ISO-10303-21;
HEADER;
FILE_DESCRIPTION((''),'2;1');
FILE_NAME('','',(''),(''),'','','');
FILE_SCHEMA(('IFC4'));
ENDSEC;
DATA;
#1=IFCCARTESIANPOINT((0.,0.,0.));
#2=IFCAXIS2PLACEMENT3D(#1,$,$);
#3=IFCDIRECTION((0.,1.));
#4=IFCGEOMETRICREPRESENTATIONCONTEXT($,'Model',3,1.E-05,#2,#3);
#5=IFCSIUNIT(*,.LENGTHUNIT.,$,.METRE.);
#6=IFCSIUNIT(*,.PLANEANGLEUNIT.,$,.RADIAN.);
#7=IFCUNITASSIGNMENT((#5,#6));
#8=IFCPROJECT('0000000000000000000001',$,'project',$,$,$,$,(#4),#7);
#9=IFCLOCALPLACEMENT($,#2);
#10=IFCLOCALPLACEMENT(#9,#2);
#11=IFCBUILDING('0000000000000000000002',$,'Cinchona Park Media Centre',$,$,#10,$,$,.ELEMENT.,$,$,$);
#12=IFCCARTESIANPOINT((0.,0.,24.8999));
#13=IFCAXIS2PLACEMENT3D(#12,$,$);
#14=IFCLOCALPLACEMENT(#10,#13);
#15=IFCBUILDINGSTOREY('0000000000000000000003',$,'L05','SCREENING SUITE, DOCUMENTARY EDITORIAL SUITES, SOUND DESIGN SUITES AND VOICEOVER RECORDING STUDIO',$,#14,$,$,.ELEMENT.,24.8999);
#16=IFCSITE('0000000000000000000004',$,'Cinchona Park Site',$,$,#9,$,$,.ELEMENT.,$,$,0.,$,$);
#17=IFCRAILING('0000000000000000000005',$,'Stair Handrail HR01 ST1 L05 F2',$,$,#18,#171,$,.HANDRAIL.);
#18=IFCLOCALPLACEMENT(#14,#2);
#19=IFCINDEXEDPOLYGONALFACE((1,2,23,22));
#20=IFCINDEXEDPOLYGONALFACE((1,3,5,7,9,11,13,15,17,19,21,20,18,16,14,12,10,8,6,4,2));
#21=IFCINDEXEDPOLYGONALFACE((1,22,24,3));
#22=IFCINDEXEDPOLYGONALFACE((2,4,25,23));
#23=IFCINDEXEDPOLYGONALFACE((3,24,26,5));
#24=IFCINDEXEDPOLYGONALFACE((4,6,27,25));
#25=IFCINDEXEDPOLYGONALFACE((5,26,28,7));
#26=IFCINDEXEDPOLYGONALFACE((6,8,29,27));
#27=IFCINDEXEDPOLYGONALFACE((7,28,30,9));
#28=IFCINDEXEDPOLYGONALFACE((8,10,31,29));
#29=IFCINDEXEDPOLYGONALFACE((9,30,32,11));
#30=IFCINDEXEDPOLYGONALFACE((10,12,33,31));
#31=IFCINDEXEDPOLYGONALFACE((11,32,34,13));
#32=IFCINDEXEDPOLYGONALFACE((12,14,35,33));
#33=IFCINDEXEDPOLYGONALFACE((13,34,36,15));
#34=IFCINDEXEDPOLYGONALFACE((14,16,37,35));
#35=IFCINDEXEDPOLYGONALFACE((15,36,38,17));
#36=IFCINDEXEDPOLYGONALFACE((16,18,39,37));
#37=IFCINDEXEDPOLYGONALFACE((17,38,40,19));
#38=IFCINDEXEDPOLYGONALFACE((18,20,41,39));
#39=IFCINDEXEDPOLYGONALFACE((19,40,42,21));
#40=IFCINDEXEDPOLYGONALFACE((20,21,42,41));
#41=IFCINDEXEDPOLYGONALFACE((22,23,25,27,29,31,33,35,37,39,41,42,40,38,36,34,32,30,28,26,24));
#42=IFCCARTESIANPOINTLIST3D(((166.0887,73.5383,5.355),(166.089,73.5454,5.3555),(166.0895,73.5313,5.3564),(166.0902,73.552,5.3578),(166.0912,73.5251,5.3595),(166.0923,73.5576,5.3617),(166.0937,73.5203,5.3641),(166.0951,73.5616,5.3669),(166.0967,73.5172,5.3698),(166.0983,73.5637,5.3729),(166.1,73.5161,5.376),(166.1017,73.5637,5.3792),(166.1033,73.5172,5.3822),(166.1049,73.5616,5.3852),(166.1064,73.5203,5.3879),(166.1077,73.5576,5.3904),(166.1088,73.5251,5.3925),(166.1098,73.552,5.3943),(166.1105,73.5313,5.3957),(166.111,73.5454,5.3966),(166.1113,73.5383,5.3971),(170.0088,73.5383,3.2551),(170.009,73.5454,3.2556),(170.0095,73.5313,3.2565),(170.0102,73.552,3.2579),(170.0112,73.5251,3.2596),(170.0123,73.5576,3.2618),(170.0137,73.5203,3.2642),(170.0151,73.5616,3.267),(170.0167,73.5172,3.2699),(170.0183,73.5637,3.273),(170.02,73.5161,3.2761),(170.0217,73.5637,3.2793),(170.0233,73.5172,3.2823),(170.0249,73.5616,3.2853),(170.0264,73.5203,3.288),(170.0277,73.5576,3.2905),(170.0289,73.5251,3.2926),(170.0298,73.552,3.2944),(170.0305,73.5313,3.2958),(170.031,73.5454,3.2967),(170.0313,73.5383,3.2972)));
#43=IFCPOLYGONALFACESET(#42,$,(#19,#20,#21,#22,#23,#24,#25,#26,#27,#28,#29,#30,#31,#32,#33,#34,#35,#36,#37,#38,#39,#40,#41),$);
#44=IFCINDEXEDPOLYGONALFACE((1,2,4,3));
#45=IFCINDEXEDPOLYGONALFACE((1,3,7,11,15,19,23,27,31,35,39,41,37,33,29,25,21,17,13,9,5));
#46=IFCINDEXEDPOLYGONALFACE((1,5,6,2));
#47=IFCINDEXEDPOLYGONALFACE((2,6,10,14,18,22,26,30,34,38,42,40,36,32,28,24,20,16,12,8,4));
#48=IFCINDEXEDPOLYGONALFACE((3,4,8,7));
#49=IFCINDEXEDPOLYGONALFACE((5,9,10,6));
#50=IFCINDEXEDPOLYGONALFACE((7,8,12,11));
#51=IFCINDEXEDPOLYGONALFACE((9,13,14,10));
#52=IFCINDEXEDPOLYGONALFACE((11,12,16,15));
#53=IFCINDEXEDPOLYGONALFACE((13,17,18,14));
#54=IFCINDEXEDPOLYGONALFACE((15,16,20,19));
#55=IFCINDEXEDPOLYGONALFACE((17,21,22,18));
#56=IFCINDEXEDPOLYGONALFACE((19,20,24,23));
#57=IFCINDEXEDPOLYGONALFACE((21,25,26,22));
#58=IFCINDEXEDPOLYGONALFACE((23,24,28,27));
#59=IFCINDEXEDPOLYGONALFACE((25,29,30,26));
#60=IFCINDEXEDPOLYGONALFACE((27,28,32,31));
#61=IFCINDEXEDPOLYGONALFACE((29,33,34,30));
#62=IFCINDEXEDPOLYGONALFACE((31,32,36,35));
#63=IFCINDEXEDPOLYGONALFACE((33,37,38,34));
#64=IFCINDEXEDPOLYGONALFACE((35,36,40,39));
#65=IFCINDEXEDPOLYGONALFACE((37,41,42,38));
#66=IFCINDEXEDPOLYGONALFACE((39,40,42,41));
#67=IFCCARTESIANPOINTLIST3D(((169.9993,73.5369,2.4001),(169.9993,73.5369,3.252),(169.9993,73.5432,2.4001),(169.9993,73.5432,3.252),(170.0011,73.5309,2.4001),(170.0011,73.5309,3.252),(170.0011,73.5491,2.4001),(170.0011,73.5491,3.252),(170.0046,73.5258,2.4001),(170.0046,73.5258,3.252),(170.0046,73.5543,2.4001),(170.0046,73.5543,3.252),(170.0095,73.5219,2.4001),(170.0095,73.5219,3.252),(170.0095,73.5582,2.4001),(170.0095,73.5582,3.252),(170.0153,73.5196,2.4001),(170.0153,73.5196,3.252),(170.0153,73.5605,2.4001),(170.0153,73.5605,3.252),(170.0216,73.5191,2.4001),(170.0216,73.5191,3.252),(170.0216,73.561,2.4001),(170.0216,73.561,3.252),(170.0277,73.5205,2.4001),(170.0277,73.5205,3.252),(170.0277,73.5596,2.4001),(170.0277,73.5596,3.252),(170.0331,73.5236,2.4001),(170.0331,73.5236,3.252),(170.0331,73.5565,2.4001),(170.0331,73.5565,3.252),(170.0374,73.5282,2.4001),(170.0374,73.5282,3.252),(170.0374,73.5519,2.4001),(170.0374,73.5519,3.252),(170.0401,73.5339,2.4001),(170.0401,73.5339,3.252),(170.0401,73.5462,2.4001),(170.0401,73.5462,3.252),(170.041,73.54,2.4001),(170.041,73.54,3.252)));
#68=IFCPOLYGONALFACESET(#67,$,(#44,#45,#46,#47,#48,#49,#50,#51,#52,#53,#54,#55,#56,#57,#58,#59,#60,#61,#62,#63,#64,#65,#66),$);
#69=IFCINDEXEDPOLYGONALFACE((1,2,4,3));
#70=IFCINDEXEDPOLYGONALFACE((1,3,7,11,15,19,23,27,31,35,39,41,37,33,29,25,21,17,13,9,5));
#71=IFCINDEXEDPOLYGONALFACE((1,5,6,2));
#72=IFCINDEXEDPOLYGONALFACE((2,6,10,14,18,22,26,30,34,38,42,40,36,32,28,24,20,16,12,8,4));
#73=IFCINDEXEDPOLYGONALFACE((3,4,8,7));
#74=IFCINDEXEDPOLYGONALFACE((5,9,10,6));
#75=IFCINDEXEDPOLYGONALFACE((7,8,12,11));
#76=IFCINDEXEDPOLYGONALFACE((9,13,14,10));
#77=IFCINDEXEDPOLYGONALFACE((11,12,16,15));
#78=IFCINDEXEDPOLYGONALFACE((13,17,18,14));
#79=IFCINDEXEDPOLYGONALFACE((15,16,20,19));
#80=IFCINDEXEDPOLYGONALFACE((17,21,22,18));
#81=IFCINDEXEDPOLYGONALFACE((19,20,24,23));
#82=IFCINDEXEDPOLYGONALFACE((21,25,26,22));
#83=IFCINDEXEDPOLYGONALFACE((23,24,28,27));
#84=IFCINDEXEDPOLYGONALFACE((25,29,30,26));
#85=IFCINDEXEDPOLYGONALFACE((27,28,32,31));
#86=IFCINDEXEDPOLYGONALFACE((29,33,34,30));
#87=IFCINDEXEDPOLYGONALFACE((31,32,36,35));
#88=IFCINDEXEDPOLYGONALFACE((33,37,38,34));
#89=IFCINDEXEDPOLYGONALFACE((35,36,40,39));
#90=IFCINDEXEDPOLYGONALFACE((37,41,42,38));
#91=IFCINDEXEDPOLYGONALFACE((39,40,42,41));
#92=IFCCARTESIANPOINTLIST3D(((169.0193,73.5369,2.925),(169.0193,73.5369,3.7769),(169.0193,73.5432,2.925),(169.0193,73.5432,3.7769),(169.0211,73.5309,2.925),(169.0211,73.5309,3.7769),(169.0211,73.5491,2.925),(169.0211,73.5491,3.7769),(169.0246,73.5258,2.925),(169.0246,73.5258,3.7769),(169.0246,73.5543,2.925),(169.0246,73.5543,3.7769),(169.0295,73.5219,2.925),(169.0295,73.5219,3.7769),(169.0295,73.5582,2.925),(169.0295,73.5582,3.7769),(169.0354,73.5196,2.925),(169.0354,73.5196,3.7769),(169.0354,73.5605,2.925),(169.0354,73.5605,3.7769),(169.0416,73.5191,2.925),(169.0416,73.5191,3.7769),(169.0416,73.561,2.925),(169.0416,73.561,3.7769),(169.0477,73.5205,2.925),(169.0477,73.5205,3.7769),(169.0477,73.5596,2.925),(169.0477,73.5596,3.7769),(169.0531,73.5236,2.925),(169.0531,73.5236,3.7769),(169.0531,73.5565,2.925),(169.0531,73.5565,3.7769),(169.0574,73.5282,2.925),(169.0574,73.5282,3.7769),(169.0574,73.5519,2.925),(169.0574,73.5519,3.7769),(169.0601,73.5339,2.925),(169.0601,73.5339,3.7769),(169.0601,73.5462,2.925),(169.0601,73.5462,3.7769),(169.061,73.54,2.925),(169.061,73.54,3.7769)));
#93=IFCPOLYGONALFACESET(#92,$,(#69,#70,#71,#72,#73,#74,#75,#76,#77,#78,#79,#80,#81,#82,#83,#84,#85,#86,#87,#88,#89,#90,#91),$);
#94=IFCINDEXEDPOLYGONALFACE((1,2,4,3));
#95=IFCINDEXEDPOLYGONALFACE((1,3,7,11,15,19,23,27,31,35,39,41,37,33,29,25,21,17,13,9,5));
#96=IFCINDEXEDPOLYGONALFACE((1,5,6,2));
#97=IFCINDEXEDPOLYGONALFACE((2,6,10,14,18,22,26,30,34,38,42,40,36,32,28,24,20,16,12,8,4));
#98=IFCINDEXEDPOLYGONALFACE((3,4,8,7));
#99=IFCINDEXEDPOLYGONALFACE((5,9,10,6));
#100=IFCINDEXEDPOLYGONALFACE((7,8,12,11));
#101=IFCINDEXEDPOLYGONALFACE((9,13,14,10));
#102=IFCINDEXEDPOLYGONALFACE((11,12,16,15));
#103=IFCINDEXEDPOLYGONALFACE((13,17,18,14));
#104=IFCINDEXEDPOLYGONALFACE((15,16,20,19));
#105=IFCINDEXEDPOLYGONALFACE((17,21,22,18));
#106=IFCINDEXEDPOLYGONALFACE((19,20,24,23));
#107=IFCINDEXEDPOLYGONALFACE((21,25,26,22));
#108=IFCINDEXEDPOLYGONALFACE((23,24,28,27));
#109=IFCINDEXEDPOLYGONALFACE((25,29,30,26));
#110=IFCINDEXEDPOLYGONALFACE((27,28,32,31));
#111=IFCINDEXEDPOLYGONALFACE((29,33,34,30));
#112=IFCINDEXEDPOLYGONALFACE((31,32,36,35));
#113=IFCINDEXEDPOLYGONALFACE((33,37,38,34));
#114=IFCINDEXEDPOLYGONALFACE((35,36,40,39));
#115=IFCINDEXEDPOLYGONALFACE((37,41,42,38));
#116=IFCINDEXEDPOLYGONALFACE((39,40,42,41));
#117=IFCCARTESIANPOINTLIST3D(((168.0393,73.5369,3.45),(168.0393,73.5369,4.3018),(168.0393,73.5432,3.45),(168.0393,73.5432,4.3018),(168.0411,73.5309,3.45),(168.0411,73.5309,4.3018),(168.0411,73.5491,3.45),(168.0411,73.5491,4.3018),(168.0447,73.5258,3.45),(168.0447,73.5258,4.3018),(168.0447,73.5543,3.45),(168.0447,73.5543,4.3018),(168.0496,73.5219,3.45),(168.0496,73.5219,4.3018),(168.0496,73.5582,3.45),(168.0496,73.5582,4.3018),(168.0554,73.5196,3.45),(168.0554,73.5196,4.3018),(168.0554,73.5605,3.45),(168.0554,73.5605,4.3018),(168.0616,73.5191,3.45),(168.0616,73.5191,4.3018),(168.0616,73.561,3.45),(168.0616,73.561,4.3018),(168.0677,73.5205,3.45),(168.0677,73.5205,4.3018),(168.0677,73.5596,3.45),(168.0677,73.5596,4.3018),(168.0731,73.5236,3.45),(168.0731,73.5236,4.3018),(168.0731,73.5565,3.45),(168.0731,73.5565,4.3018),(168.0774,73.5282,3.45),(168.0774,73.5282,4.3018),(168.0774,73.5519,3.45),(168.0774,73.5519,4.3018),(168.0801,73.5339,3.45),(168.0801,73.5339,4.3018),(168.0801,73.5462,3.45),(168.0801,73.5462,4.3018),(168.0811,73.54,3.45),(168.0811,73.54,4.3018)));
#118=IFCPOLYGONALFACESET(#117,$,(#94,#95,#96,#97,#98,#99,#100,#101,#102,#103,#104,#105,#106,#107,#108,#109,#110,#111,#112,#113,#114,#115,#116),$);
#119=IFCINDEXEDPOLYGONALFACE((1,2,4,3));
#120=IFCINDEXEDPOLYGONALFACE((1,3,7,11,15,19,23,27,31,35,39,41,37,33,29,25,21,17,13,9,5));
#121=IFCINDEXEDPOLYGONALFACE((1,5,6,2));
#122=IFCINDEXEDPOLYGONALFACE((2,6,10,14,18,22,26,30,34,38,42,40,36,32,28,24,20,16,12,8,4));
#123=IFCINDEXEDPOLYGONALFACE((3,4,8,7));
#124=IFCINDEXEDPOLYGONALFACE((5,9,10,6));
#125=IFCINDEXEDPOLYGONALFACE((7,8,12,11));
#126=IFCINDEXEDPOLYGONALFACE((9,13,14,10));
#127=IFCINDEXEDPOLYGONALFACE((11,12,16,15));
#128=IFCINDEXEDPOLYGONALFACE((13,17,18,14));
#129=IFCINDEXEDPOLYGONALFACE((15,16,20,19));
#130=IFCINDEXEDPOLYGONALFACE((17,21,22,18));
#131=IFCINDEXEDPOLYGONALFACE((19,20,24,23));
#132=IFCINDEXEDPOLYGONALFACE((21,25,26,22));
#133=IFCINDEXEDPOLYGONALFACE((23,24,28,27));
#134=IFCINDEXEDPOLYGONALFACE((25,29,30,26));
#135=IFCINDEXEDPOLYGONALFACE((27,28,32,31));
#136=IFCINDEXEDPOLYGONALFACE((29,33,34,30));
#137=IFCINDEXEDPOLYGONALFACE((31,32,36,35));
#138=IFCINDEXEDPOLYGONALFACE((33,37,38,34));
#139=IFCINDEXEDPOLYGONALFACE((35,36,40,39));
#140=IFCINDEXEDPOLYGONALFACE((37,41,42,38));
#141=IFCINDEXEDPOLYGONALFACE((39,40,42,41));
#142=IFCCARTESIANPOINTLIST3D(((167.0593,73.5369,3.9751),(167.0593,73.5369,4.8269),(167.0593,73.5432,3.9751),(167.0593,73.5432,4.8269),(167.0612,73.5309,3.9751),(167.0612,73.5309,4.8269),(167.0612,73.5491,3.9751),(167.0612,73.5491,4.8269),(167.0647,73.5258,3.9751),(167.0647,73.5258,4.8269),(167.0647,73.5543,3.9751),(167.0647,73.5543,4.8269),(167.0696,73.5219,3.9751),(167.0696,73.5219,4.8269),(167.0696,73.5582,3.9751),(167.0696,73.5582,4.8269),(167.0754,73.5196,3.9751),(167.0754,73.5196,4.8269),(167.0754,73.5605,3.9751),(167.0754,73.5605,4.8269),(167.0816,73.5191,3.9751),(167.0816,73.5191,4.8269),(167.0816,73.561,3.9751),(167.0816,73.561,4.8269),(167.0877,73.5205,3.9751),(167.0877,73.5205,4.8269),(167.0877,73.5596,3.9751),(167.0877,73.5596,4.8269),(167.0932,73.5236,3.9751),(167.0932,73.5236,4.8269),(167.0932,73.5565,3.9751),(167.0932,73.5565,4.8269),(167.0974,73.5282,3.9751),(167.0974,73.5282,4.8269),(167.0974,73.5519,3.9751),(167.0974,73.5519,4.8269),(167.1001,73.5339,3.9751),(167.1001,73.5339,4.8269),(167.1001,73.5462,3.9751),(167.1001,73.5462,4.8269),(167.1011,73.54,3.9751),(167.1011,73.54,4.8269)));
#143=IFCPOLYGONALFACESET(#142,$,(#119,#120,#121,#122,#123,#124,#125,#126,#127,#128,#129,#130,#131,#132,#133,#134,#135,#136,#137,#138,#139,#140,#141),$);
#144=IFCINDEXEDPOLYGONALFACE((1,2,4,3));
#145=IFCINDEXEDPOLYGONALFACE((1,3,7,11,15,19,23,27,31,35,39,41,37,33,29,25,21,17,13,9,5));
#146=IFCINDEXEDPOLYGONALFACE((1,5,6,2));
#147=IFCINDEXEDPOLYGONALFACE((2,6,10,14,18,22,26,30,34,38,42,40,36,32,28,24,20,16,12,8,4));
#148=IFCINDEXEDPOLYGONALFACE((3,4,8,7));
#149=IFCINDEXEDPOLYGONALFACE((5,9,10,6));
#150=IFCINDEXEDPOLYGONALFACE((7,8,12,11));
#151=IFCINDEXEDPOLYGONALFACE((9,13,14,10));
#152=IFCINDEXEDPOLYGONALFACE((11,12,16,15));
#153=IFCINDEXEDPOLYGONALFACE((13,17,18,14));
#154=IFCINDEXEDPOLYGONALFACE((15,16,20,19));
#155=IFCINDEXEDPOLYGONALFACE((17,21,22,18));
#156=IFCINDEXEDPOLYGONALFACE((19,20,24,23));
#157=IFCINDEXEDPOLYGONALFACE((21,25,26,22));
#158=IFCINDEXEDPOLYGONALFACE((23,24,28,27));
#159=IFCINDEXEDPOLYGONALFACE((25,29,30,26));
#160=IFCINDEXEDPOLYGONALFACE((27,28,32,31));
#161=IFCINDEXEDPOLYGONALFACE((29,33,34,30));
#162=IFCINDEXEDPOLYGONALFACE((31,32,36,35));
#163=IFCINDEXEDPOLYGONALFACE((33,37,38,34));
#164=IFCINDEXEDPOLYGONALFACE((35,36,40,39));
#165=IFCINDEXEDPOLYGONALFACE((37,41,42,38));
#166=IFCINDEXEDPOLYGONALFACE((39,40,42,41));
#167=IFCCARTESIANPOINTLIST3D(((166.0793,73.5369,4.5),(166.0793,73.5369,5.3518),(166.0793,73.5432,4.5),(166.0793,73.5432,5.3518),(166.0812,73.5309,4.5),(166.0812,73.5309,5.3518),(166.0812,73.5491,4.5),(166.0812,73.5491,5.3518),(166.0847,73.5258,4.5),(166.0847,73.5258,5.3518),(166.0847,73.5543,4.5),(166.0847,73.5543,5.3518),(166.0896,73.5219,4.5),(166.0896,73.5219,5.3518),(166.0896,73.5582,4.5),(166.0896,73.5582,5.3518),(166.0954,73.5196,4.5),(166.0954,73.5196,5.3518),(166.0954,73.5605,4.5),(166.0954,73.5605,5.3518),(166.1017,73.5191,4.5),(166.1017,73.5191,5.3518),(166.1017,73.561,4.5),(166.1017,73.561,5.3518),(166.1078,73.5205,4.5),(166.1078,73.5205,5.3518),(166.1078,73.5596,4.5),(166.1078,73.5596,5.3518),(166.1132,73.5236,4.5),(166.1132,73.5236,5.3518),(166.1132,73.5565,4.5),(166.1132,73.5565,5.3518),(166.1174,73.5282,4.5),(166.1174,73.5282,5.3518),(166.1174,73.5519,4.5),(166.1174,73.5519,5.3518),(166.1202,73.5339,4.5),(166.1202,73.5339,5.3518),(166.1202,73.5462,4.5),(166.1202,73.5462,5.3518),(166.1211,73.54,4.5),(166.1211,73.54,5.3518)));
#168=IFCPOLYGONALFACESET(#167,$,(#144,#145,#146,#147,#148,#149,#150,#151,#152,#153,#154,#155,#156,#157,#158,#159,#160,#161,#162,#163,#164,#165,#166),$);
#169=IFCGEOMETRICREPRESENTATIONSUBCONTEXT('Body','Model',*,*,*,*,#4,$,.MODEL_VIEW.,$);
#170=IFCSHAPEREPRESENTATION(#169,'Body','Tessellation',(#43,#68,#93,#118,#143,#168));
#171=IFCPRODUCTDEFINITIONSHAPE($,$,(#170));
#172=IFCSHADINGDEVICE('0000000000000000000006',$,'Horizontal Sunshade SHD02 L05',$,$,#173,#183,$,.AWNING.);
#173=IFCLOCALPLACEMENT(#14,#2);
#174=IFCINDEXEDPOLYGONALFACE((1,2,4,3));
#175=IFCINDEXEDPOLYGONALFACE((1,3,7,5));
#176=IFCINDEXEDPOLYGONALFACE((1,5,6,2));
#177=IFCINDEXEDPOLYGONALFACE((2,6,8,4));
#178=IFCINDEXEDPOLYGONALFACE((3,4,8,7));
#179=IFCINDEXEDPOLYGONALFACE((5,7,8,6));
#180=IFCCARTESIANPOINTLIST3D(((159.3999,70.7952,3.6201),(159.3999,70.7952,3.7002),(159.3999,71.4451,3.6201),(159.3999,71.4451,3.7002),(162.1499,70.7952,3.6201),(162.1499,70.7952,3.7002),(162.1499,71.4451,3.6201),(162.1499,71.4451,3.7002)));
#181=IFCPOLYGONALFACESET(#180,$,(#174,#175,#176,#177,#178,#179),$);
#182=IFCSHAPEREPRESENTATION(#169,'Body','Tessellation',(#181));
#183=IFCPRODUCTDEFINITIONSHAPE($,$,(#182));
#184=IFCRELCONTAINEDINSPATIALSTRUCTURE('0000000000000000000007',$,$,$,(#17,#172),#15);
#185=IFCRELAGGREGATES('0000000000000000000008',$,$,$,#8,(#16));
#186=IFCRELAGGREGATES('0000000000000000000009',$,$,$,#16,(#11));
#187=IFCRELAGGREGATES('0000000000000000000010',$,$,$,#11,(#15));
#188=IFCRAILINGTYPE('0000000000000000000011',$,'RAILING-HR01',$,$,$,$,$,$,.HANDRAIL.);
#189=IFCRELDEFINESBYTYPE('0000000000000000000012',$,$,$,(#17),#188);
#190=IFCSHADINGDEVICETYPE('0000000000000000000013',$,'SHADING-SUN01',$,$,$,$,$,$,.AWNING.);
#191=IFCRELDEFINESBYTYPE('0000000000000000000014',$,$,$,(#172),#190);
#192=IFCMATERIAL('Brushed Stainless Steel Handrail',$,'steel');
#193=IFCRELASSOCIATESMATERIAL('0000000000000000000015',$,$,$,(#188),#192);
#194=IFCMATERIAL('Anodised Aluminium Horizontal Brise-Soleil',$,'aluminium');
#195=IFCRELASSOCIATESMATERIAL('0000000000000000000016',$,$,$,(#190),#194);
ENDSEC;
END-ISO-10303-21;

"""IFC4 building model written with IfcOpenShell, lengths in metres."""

from ifc_helpers import new_model, si_unit, direction, frame, origin, origin_2d, place, context, subcontext, project, spatial, rectangle, circle, extrude, material, type_object, element, save


model = new_model("IFC4")

# Units and contexts
model_context = context("Model", 3, precision=1e-05, world=origin(), true_north=direction((0.0, 1.0)))
body_context = subcontext(model_context, "Body", "Model", "MODEL_VIEW")
ifc_project = project(units=[si_unit("LENGTHUNIT", "METRE"), si_unit("PLANEANGLEUNIT", "RADIAN")], contexts=[model_context])

# Site, building, storey
site_placement = place(None, origin())
site = spatial("IfcSite", under=ifc_project, at=site_placement, Name="Cinchona Park Site", CompositionType="ELEMENT", RefElevation=0.0)
building_placement = place(site_placement, origin())
building = spatial("IfcBuilding", under=site, at=building_placement, Name="Cinchona Park Media Centre", CompositionType="ELEMENT")
storey_placement = place(building_placement, frame((0.0, 0.0, 24.8999)))
storey = spatial("IfcBuildingStorey", under=building, at=storey_placement, Name="L05", Description="SCREENING SUITE, DOCUMENTARY EDITORIAL SUITES, SOUND DESIGN SUITES AND VOICEOVER RECORDING STUDIO", CompositionType="ELEMENT", Elevation=24.8999)

# Railing
ifc_material_1 = material(Name="Brushed Stainless Steel Handrail", Category="steel")
railing_type_1 = type_object("IfcRailingType", Name="RAILING-HR01", PredefinedType="HANDRAIL", material=ifc_material_1)
railing_1_placement = place(storey_placement, frame((170.02, 73.54, 2.4001)))
element("IfcRailing", 1, at=railing_1_placement, inside=storey, type_object=railing_type_1, Name="Stair Handrail HR01 ST1 L05 F2", PredefinedType="HANDRAIL", context=body_context, shape_type="SweptSolid", body=[
    extrude(circle(Radius=0.0239, at=origin_2d()), frame((0.0, 0.0, 0.876), z_axis=(-0.88149, 0.0, 0.472203), x_axis=(0.0, -1.0, 0.0)), (0.0, 0.0, 1.0), 4.447),
    extrude(circle(Radius=0.021, at=origin_2d()), origin(), (0.0, 0.0, 1.0), 0.8518),
    extrude(circle(Radius=0.021, at=origin_2d()), frame((-0.98, 0.0, 0.5249)), (0.0, 0.0, 1.0), 0.8518),
    extrude(circle(Radius=0.021, at=origin_2d()), frame((-1.96, 0.0, 1.0498)), (0.0, 0.0, 1.0), 0.8518),
    extrude(circle(Radius=0.021, at=origin_2d()), frame((-2.9399, 0.0, 1.575)), (0.0, 0.0, 1.0), 0.8518),
    extrude(circle(Radius=0.021, at=origin_2d()), frame((-3.9199, 0.0, 2.0999)), (0.0, 0.0, 1.0), 0.8518),
])

# Shading device
ifc_material_2 = material(Name="Anodised Aluminium Horizontal Brise-Soleil", Category="aluminium")
shading_device_type = type_object("IfcShadingDeviceType", Name="SHADING-SUN01", PredefinedType="AWNING", material=ifc_material_2)
shading_device_placement = place(storey_placement, frame((160.7749, 71.1201, 3.6201), z_axis=(0.0, 0.0, 1.0), x_axis=(-1.0, 0.0, 0.0)))
element("IfcShadingDevice", 2, at=shading_device_placement, inside=storey, type_object=shading_device_type, Name="Horizontal Sunshade SHD02 L05", PredefinedType="AWNING", context=body_context, shape_type="SweptSolid", body=[
    extrude(rectangle(XDim=2.75, YDim=0.6499, at=origin_2d()), origin(), (0.0, 0.0, 1.0), 0.0801),
])

save(model, "model.ifc")
